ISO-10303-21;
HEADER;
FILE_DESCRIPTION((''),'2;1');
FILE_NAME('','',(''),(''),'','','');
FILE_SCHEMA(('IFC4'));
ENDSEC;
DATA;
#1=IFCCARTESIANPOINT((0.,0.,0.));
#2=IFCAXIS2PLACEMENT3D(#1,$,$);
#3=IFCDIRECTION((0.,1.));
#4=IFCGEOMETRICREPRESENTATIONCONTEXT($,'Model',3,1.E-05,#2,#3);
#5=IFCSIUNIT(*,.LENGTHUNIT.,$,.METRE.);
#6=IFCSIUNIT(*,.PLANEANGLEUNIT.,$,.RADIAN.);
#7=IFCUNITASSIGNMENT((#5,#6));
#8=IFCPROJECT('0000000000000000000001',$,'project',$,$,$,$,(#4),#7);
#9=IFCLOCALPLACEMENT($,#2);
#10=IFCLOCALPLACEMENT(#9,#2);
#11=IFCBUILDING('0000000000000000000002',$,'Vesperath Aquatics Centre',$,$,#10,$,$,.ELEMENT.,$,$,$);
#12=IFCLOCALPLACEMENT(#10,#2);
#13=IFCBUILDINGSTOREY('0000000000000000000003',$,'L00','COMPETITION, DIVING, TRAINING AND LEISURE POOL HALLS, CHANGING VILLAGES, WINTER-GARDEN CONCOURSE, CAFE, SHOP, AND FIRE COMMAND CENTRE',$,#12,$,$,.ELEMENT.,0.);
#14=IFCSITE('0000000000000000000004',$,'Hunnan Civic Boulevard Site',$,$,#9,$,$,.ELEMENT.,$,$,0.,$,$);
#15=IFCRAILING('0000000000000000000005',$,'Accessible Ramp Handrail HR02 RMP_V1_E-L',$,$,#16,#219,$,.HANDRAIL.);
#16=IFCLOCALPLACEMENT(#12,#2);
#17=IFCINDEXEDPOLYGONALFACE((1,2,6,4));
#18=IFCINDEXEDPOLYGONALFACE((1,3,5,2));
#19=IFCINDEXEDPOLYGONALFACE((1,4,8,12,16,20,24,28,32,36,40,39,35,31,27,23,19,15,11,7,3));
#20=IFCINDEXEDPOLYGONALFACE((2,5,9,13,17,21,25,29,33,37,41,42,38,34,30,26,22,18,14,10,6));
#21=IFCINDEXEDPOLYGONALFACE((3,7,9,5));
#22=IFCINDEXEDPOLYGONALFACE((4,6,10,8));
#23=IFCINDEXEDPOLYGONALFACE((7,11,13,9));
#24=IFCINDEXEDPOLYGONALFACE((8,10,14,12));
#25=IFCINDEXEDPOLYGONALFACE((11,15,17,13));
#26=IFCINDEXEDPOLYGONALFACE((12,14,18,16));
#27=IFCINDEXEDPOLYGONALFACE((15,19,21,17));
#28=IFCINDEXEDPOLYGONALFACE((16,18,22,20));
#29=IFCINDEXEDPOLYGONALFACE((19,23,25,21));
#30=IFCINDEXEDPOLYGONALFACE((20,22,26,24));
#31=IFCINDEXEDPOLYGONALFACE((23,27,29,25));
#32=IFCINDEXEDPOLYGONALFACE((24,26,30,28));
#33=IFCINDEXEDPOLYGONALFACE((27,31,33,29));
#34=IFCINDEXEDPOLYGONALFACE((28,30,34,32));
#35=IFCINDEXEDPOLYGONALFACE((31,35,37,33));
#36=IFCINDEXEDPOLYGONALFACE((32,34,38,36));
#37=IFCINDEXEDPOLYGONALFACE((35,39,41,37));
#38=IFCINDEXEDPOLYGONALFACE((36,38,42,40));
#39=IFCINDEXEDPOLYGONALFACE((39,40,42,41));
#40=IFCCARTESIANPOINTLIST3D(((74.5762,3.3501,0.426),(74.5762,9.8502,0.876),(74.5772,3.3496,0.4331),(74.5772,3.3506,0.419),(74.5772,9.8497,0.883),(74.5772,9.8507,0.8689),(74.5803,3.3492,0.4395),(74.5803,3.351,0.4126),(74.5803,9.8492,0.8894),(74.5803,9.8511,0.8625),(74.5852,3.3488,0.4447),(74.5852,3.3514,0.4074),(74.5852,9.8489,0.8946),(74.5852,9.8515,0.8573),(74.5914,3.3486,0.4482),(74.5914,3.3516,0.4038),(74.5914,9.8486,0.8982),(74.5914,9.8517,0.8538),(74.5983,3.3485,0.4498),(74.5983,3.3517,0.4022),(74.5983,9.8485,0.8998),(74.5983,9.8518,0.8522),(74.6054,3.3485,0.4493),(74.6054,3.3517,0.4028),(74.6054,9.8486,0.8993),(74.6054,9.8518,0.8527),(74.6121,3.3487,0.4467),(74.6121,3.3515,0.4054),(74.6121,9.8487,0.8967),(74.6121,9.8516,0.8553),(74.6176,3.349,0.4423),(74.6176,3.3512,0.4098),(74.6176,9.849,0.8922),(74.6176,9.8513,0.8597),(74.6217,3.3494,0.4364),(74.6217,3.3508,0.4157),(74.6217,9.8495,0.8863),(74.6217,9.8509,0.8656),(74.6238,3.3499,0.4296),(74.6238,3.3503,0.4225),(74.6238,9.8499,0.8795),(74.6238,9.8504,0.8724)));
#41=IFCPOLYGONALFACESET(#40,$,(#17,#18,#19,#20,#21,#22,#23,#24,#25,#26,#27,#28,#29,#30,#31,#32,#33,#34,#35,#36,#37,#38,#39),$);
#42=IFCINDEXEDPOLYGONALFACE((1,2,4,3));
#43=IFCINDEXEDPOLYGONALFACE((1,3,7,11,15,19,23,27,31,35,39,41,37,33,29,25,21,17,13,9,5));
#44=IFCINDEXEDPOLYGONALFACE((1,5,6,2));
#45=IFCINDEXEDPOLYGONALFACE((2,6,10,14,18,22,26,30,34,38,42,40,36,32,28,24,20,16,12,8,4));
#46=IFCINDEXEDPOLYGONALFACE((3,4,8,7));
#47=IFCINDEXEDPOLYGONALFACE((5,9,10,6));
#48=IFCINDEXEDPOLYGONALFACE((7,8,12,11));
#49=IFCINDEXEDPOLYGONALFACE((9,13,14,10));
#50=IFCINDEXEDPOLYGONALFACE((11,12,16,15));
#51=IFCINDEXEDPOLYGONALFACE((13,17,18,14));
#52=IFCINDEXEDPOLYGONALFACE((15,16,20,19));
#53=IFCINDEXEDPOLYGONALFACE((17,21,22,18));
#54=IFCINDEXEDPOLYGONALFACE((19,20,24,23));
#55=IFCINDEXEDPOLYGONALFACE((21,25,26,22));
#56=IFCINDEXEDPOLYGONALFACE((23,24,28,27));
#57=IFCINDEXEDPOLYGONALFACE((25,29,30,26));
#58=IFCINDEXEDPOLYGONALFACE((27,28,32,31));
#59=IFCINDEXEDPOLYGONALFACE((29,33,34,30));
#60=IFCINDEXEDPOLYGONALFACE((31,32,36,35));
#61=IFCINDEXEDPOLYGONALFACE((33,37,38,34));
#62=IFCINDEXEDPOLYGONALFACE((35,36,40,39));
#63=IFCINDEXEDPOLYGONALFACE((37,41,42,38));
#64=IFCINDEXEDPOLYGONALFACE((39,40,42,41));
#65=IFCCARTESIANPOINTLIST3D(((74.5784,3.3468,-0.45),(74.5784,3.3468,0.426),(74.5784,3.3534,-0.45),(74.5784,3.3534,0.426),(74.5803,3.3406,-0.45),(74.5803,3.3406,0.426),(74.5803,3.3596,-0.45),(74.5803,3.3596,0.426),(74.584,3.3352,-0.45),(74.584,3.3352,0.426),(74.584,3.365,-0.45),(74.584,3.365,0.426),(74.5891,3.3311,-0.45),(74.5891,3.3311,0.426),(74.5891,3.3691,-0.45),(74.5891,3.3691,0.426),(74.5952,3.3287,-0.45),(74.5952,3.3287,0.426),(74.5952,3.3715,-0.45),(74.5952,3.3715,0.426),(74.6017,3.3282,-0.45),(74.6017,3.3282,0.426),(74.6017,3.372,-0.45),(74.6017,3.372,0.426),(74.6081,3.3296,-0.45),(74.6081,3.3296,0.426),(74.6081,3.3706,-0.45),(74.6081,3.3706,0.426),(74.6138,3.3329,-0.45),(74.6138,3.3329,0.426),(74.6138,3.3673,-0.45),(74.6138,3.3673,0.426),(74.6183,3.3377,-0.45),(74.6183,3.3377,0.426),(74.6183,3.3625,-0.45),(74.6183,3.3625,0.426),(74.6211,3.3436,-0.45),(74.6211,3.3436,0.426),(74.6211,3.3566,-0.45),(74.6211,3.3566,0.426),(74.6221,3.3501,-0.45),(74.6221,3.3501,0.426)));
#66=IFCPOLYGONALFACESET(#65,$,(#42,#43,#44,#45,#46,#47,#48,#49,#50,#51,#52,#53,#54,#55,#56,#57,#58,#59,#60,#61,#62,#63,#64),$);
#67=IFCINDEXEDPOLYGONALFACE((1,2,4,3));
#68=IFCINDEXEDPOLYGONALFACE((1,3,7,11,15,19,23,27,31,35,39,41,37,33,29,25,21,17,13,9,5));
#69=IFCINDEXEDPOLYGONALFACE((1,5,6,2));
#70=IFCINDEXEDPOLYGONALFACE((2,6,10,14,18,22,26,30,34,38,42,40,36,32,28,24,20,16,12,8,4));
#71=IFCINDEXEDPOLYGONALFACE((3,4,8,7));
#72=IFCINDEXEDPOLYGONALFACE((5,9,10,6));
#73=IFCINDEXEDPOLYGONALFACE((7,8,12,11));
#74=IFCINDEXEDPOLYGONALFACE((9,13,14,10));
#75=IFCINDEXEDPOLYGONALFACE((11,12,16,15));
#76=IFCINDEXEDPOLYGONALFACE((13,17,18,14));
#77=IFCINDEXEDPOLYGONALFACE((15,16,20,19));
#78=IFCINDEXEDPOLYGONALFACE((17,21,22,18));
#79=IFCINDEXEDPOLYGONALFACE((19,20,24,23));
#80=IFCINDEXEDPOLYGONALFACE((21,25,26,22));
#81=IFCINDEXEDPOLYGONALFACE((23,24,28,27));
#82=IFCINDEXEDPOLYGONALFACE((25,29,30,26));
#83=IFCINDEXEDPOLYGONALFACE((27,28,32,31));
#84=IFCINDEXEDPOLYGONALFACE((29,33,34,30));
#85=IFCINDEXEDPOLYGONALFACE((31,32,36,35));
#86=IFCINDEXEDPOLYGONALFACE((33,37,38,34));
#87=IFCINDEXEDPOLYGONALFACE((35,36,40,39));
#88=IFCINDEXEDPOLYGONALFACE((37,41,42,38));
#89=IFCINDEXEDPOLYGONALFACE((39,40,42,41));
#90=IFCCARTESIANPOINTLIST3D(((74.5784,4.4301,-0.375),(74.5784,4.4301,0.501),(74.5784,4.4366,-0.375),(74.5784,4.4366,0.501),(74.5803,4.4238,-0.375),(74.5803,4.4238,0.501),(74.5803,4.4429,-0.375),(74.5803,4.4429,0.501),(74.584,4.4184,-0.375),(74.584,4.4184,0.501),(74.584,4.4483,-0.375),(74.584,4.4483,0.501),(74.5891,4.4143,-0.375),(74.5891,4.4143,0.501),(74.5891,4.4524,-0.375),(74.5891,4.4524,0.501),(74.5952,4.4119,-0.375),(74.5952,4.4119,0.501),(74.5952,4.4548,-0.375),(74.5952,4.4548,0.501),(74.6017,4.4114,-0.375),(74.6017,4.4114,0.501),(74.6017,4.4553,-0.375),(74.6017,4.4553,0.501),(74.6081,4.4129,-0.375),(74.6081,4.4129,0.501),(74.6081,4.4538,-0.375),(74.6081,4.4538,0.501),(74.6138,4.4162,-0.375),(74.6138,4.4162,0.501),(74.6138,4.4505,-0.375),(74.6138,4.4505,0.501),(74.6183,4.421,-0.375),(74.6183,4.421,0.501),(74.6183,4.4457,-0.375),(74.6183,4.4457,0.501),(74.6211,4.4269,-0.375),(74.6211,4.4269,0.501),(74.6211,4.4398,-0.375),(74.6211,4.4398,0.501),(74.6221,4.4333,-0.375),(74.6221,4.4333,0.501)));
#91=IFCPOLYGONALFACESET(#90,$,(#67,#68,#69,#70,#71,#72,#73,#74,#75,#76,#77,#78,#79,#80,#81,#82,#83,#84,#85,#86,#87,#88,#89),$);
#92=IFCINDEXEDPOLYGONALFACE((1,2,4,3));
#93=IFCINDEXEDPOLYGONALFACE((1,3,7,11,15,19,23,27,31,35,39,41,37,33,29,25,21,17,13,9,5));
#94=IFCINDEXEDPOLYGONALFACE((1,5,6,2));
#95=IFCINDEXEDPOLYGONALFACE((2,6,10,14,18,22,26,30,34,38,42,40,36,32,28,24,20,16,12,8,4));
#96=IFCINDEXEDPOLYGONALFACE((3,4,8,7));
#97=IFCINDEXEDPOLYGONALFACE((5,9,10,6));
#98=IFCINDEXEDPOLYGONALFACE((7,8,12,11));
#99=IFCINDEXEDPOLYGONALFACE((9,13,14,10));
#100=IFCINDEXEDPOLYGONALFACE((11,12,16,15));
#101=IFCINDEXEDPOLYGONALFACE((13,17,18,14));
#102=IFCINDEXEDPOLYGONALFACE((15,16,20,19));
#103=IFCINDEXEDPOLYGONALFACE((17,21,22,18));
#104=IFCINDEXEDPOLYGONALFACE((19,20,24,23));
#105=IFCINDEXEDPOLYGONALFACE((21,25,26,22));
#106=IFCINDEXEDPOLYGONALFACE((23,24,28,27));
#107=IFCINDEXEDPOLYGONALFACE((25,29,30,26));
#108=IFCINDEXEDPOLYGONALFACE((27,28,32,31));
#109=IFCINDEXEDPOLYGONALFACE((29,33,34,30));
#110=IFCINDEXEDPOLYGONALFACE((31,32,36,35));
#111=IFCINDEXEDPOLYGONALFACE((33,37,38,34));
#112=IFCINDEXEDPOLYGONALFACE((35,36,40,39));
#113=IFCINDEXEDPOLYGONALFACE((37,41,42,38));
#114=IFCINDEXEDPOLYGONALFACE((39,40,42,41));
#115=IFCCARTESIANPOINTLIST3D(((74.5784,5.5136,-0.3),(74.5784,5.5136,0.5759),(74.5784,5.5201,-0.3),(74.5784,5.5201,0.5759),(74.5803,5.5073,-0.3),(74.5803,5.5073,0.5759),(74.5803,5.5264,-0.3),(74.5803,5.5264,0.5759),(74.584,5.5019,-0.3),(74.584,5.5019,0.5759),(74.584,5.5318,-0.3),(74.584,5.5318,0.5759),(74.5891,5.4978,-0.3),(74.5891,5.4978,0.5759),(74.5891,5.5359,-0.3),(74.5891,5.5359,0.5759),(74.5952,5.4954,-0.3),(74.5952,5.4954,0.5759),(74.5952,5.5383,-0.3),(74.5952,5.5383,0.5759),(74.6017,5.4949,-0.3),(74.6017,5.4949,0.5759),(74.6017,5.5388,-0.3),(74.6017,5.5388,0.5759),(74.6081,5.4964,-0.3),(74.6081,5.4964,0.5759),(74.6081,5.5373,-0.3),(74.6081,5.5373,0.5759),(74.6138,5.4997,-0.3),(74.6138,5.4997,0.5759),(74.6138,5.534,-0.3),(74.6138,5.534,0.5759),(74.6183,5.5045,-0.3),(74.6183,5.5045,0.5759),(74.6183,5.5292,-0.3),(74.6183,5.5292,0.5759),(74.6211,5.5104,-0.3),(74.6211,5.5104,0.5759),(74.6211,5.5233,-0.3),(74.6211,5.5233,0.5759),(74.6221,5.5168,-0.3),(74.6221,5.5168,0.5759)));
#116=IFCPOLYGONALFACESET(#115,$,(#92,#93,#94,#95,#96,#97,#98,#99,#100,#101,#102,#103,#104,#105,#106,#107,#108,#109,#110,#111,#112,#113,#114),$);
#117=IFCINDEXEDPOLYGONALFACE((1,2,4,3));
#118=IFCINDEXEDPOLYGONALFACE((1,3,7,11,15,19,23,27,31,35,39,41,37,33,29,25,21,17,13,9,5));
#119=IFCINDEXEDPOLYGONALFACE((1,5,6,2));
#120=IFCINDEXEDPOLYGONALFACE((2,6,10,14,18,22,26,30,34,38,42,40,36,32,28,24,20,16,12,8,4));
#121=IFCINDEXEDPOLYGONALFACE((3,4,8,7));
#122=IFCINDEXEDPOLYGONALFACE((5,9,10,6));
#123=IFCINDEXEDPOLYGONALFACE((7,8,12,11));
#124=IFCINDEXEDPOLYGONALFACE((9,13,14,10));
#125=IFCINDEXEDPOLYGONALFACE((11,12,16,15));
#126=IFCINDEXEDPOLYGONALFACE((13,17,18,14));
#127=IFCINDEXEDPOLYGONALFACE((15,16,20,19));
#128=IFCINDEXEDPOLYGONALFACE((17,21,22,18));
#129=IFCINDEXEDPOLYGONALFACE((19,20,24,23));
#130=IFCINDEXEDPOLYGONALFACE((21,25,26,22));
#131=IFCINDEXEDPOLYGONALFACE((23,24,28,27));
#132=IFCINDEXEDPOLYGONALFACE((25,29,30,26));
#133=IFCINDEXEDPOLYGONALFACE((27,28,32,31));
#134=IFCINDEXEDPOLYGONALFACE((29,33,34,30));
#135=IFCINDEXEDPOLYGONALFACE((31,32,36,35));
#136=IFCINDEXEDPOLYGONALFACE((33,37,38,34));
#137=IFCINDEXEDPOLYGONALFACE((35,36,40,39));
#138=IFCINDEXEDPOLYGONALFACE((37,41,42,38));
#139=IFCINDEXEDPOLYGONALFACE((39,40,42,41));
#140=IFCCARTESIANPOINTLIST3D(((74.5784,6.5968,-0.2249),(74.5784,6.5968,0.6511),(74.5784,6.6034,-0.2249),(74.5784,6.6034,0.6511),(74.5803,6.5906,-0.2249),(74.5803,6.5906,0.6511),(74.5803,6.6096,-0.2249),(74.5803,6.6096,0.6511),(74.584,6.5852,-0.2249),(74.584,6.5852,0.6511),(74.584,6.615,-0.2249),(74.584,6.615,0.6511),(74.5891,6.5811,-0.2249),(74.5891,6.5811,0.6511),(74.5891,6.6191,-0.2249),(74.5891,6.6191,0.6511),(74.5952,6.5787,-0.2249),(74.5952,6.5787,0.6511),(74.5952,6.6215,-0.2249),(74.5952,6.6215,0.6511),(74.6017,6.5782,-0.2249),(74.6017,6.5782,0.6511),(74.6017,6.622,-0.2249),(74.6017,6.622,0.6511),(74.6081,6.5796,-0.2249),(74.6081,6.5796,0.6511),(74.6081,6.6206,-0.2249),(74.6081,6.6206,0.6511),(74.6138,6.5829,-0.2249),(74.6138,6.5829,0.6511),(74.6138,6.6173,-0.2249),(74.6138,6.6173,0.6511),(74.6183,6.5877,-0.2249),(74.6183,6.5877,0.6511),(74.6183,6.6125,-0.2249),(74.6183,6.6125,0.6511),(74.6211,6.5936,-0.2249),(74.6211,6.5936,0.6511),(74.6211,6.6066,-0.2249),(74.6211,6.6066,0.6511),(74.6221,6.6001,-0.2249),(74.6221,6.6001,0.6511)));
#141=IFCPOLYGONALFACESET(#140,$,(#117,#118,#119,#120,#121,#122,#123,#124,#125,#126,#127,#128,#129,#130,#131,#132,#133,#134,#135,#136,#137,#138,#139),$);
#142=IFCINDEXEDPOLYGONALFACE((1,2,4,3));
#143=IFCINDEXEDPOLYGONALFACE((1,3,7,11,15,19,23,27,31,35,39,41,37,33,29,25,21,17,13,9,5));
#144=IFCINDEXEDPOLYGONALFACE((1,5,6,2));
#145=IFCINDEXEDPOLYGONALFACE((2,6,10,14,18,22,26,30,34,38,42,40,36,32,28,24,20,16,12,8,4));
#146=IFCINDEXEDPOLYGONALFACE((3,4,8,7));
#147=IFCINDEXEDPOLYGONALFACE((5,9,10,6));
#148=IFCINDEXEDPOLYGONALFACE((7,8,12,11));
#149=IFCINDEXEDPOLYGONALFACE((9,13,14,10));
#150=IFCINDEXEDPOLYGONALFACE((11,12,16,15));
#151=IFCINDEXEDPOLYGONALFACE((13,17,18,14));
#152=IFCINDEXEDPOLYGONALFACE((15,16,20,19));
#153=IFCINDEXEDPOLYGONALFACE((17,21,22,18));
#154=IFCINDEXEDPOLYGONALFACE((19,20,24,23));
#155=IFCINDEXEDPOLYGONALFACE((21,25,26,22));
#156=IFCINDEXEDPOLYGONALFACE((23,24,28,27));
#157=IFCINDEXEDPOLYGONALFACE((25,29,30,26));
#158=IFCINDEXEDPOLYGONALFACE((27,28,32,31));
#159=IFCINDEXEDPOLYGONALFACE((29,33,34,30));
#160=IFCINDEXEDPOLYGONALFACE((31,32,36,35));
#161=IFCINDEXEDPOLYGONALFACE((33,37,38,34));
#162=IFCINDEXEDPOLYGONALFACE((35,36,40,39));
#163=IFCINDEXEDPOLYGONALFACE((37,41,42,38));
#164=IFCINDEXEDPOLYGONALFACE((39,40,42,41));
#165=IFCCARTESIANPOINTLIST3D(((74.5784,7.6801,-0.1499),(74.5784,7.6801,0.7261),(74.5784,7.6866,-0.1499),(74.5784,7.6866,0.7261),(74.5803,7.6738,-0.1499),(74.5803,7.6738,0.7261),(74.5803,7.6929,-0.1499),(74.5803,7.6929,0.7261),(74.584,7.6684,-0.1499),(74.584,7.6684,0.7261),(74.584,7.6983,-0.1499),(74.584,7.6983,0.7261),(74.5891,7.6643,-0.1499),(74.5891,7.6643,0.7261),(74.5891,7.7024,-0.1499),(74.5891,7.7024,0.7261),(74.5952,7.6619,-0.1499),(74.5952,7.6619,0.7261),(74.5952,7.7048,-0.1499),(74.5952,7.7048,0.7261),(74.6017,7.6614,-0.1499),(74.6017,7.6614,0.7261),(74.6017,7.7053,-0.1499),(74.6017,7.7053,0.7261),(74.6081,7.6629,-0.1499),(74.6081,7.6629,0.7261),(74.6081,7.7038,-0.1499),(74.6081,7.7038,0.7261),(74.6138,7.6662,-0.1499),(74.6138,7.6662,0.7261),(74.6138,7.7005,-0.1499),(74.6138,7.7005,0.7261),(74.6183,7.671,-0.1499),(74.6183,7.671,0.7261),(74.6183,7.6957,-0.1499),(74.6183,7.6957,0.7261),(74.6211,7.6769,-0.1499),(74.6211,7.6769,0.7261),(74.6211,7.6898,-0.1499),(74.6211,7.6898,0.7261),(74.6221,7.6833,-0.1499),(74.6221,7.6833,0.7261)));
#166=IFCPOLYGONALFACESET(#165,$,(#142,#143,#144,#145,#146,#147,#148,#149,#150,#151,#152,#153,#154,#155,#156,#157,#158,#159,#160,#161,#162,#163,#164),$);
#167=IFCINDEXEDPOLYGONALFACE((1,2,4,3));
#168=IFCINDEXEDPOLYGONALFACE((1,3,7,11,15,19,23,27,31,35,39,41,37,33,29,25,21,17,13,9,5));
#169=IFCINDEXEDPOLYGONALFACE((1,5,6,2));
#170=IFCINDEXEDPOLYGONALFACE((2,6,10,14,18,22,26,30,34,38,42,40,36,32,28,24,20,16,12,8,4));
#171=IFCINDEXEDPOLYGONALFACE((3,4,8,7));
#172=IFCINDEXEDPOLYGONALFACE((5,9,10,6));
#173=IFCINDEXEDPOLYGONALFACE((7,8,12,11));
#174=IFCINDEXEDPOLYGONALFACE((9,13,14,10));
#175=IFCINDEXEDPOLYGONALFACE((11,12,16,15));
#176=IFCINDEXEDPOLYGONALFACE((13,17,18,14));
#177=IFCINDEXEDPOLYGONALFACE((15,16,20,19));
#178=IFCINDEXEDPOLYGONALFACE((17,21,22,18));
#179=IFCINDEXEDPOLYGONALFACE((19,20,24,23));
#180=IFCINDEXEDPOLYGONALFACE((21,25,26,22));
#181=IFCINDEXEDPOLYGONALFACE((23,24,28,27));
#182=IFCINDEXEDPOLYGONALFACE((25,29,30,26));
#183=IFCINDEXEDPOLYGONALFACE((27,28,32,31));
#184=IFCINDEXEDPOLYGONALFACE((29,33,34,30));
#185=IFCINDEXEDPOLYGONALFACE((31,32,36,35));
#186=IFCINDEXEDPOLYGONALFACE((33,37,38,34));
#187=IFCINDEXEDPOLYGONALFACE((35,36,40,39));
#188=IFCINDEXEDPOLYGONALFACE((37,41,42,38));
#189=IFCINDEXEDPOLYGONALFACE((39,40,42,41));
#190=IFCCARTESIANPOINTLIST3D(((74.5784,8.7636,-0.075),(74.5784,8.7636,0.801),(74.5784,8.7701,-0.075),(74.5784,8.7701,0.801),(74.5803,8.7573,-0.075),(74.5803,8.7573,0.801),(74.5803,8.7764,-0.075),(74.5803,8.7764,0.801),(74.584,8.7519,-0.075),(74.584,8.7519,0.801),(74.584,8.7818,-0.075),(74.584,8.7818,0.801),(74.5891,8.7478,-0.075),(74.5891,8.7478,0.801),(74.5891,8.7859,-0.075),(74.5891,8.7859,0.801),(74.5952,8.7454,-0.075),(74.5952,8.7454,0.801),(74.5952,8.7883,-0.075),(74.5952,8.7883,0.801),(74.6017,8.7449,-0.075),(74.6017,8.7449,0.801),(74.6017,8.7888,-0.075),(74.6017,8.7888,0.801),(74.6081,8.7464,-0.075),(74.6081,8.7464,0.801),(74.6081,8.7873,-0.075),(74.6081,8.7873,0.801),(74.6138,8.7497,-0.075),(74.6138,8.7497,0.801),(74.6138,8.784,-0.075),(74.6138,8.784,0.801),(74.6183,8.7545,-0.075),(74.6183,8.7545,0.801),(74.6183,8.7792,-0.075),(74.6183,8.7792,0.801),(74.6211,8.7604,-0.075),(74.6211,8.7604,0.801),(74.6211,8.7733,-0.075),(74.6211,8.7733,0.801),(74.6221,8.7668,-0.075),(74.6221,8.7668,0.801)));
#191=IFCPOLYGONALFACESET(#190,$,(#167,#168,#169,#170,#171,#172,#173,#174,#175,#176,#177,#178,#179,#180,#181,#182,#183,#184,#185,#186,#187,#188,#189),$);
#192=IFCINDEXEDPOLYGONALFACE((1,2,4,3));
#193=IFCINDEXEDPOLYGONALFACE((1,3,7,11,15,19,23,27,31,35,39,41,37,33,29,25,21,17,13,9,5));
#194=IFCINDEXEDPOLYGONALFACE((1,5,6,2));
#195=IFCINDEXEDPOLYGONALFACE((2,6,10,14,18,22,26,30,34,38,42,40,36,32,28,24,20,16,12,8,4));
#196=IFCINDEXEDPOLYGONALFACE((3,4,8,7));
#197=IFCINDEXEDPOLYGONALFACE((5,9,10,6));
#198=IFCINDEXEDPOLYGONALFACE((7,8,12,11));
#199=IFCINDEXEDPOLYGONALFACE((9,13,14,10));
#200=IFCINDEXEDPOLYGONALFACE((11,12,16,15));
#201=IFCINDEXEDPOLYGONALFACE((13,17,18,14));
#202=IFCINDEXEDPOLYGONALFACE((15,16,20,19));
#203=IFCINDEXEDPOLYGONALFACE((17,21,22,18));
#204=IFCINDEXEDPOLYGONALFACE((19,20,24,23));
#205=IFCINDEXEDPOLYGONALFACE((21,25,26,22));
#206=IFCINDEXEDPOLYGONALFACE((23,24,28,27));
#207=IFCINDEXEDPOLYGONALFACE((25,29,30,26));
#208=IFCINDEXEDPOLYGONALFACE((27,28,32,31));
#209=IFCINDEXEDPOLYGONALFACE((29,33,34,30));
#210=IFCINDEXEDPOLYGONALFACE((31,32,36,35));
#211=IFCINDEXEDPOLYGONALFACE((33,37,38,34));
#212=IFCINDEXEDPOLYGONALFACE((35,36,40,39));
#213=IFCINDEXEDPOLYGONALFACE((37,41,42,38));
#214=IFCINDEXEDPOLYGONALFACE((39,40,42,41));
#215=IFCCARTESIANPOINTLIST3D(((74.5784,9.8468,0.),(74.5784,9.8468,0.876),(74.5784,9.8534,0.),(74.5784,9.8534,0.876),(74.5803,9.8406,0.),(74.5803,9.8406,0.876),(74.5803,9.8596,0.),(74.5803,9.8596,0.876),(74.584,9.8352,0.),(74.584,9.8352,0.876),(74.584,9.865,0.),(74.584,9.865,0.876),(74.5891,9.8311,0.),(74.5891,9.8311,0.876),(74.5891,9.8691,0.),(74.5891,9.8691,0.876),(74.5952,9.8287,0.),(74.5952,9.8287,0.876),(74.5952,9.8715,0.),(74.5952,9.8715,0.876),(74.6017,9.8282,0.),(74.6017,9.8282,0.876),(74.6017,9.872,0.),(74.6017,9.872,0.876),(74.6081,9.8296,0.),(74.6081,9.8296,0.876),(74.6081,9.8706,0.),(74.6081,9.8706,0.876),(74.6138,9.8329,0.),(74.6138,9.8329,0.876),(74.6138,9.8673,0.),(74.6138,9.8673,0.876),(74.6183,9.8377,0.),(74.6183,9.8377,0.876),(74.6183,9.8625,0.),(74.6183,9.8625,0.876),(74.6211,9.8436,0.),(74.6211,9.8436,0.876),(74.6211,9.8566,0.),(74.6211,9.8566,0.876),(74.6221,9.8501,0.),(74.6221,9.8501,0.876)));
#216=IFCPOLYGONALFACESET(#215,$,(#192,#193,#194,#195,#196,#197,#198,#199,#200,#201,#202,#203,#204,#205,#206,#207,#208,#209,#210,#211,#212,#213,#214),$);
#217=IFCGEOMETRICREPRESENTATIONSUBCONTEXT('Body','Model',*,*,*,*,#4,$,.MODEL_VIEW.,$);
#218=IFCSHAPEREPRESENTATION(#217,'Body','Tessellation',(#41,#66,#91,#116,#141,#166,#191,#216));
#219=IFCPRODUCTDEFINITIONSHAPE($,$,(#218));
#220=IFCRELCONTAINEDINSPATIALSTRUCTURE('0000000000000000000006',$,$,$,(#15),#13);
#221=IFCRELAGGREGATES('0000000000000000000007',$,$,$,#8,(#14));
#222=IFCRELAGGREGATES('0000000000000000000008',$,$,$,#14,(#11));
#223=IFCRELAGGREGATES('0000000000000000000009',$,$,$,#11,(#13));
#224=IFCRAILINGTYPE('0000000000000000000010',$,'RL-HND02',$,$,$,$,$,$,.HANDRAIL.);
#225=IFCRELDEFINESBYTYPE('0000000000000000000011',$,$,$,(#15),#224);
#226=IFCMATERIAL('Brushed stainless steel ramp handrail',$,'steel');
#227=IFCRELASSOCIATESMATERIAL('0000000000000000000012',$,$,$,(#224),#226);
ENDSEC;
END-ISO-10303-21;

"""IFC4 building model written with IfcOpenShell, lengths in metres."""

from ifc_helpers import new_model, si_unit, direction, frame, origin, origin_2d, place, context, subcontext, project, spatial, circle, extrude, material, type_object, element, save


model = new_model("IFC4")

# Units and contexts
model_context = context("Model", 3, precision=1e-05, world=origin(), true_north=direction((0.0, 1.0)))
body_context = subcontext(model_context, "Body", "Model", "MODEL_VIEW")
ifc_project = project(units=[si_unit("LENGTHUNIT", "METRE"), si_unit("PLANEANGLEUNIT", "RADIAN")], contexts=[model_context])

# Site, building, storey
site_placement = place(None, origin())
site = spatial("IfcSite", under=ifc_project, at=site_placement, Name="Hunnan Civic Boulevard Site", CompositionType="ELEMENT", RefElevation=0.0)
building_placement = place(site_placement, origin())
building = spatial("IfcBuilding", under=site, at=building_placement, Name="Vesperath Aquatics Centre", CompositionType="ELEMENT")
storey_placement = place(building_placement, origin())
storey = spatial("IfcBuildingStorey", under=building, at=storey_placement, Name="L00", Description="COMPETITION, DIVING, TRAINING AND LEISURE POOL HALLS, CHANGING VILLAGES, WINTER-GARDEN CONCOURSE, CAFE, SHOP, AND FIRE COMMAND CENTRE", CompositionType="ELEMENT", Elevation=0.0)

# Railing
ifc_material_1 = material(Name="Brushed stainless steel ramp handrail", Category="steel")
railing_type = type_object("IfcRailingType", Name="RL-HND02", PredefinedType="HANDRAIL", material=ifc_material_1)
railing_placement = place(storey_placement, frame((74.6001, 3.3501, -0.45)))
element("IfcRailing", 1, at=railing_placement, inside=storey, type_object=railing_type, Name="Accessible Ramp Handrail HR02 RMP_V1_E-L", PredefinedType="HANDRAIL", context=body_context, shape_type="SweptSolid", body=[
    extrude(circle(Radius=0.0239, at=origin_2d()), frame((0.0, 0.0, 0.876), z_axis=(0.0, 0.997613, 0.069058), x_axis=(-1.0, 0.0, 0.0)), (0.0, 0.0, 1.0), 6.5156),
    extrude(circle(Radius=0.022, at=origin_2d()), origin(), (0.0, 0.0, 1.0), 0.876),
    extrude(circle(Radius=0.022, at=origin_2d()), frame((0.0, 1.0833, 0.075)), (0.0, 0.0, 1.0), 0.876),
    extrude(circle(Radius=0.022, at=origin_2d()), frame((0.0, 2.1667, 0.1499)), (0.0, 0.0, 1.0), 0.876),
    extrude(circle(Radius=0.022, at=origin_2d()), frame((0.0, 3.25, 0.2251)), (0.0, 0.0, 1.0), 0.876),
    extrude(circle(Radius=0.022, at=origin_2d()), frame((0.0, 4.3333, 0.3)), (0.0, 0.0, 1.0), 0.876),
    extrude(circle(Radius=0.022, at=origin_2d()), frame((0.0, 5.4167, 0.375)), (0.0, 0.0, 1.0), 0.876),
    extrude(circle(Radius=0.022, at=origin_2d()), frame((0.0, 6.5, 0.45)), (0.0, 0.0, 1.0), 0.876),
])

save(model, "model.ifc")
